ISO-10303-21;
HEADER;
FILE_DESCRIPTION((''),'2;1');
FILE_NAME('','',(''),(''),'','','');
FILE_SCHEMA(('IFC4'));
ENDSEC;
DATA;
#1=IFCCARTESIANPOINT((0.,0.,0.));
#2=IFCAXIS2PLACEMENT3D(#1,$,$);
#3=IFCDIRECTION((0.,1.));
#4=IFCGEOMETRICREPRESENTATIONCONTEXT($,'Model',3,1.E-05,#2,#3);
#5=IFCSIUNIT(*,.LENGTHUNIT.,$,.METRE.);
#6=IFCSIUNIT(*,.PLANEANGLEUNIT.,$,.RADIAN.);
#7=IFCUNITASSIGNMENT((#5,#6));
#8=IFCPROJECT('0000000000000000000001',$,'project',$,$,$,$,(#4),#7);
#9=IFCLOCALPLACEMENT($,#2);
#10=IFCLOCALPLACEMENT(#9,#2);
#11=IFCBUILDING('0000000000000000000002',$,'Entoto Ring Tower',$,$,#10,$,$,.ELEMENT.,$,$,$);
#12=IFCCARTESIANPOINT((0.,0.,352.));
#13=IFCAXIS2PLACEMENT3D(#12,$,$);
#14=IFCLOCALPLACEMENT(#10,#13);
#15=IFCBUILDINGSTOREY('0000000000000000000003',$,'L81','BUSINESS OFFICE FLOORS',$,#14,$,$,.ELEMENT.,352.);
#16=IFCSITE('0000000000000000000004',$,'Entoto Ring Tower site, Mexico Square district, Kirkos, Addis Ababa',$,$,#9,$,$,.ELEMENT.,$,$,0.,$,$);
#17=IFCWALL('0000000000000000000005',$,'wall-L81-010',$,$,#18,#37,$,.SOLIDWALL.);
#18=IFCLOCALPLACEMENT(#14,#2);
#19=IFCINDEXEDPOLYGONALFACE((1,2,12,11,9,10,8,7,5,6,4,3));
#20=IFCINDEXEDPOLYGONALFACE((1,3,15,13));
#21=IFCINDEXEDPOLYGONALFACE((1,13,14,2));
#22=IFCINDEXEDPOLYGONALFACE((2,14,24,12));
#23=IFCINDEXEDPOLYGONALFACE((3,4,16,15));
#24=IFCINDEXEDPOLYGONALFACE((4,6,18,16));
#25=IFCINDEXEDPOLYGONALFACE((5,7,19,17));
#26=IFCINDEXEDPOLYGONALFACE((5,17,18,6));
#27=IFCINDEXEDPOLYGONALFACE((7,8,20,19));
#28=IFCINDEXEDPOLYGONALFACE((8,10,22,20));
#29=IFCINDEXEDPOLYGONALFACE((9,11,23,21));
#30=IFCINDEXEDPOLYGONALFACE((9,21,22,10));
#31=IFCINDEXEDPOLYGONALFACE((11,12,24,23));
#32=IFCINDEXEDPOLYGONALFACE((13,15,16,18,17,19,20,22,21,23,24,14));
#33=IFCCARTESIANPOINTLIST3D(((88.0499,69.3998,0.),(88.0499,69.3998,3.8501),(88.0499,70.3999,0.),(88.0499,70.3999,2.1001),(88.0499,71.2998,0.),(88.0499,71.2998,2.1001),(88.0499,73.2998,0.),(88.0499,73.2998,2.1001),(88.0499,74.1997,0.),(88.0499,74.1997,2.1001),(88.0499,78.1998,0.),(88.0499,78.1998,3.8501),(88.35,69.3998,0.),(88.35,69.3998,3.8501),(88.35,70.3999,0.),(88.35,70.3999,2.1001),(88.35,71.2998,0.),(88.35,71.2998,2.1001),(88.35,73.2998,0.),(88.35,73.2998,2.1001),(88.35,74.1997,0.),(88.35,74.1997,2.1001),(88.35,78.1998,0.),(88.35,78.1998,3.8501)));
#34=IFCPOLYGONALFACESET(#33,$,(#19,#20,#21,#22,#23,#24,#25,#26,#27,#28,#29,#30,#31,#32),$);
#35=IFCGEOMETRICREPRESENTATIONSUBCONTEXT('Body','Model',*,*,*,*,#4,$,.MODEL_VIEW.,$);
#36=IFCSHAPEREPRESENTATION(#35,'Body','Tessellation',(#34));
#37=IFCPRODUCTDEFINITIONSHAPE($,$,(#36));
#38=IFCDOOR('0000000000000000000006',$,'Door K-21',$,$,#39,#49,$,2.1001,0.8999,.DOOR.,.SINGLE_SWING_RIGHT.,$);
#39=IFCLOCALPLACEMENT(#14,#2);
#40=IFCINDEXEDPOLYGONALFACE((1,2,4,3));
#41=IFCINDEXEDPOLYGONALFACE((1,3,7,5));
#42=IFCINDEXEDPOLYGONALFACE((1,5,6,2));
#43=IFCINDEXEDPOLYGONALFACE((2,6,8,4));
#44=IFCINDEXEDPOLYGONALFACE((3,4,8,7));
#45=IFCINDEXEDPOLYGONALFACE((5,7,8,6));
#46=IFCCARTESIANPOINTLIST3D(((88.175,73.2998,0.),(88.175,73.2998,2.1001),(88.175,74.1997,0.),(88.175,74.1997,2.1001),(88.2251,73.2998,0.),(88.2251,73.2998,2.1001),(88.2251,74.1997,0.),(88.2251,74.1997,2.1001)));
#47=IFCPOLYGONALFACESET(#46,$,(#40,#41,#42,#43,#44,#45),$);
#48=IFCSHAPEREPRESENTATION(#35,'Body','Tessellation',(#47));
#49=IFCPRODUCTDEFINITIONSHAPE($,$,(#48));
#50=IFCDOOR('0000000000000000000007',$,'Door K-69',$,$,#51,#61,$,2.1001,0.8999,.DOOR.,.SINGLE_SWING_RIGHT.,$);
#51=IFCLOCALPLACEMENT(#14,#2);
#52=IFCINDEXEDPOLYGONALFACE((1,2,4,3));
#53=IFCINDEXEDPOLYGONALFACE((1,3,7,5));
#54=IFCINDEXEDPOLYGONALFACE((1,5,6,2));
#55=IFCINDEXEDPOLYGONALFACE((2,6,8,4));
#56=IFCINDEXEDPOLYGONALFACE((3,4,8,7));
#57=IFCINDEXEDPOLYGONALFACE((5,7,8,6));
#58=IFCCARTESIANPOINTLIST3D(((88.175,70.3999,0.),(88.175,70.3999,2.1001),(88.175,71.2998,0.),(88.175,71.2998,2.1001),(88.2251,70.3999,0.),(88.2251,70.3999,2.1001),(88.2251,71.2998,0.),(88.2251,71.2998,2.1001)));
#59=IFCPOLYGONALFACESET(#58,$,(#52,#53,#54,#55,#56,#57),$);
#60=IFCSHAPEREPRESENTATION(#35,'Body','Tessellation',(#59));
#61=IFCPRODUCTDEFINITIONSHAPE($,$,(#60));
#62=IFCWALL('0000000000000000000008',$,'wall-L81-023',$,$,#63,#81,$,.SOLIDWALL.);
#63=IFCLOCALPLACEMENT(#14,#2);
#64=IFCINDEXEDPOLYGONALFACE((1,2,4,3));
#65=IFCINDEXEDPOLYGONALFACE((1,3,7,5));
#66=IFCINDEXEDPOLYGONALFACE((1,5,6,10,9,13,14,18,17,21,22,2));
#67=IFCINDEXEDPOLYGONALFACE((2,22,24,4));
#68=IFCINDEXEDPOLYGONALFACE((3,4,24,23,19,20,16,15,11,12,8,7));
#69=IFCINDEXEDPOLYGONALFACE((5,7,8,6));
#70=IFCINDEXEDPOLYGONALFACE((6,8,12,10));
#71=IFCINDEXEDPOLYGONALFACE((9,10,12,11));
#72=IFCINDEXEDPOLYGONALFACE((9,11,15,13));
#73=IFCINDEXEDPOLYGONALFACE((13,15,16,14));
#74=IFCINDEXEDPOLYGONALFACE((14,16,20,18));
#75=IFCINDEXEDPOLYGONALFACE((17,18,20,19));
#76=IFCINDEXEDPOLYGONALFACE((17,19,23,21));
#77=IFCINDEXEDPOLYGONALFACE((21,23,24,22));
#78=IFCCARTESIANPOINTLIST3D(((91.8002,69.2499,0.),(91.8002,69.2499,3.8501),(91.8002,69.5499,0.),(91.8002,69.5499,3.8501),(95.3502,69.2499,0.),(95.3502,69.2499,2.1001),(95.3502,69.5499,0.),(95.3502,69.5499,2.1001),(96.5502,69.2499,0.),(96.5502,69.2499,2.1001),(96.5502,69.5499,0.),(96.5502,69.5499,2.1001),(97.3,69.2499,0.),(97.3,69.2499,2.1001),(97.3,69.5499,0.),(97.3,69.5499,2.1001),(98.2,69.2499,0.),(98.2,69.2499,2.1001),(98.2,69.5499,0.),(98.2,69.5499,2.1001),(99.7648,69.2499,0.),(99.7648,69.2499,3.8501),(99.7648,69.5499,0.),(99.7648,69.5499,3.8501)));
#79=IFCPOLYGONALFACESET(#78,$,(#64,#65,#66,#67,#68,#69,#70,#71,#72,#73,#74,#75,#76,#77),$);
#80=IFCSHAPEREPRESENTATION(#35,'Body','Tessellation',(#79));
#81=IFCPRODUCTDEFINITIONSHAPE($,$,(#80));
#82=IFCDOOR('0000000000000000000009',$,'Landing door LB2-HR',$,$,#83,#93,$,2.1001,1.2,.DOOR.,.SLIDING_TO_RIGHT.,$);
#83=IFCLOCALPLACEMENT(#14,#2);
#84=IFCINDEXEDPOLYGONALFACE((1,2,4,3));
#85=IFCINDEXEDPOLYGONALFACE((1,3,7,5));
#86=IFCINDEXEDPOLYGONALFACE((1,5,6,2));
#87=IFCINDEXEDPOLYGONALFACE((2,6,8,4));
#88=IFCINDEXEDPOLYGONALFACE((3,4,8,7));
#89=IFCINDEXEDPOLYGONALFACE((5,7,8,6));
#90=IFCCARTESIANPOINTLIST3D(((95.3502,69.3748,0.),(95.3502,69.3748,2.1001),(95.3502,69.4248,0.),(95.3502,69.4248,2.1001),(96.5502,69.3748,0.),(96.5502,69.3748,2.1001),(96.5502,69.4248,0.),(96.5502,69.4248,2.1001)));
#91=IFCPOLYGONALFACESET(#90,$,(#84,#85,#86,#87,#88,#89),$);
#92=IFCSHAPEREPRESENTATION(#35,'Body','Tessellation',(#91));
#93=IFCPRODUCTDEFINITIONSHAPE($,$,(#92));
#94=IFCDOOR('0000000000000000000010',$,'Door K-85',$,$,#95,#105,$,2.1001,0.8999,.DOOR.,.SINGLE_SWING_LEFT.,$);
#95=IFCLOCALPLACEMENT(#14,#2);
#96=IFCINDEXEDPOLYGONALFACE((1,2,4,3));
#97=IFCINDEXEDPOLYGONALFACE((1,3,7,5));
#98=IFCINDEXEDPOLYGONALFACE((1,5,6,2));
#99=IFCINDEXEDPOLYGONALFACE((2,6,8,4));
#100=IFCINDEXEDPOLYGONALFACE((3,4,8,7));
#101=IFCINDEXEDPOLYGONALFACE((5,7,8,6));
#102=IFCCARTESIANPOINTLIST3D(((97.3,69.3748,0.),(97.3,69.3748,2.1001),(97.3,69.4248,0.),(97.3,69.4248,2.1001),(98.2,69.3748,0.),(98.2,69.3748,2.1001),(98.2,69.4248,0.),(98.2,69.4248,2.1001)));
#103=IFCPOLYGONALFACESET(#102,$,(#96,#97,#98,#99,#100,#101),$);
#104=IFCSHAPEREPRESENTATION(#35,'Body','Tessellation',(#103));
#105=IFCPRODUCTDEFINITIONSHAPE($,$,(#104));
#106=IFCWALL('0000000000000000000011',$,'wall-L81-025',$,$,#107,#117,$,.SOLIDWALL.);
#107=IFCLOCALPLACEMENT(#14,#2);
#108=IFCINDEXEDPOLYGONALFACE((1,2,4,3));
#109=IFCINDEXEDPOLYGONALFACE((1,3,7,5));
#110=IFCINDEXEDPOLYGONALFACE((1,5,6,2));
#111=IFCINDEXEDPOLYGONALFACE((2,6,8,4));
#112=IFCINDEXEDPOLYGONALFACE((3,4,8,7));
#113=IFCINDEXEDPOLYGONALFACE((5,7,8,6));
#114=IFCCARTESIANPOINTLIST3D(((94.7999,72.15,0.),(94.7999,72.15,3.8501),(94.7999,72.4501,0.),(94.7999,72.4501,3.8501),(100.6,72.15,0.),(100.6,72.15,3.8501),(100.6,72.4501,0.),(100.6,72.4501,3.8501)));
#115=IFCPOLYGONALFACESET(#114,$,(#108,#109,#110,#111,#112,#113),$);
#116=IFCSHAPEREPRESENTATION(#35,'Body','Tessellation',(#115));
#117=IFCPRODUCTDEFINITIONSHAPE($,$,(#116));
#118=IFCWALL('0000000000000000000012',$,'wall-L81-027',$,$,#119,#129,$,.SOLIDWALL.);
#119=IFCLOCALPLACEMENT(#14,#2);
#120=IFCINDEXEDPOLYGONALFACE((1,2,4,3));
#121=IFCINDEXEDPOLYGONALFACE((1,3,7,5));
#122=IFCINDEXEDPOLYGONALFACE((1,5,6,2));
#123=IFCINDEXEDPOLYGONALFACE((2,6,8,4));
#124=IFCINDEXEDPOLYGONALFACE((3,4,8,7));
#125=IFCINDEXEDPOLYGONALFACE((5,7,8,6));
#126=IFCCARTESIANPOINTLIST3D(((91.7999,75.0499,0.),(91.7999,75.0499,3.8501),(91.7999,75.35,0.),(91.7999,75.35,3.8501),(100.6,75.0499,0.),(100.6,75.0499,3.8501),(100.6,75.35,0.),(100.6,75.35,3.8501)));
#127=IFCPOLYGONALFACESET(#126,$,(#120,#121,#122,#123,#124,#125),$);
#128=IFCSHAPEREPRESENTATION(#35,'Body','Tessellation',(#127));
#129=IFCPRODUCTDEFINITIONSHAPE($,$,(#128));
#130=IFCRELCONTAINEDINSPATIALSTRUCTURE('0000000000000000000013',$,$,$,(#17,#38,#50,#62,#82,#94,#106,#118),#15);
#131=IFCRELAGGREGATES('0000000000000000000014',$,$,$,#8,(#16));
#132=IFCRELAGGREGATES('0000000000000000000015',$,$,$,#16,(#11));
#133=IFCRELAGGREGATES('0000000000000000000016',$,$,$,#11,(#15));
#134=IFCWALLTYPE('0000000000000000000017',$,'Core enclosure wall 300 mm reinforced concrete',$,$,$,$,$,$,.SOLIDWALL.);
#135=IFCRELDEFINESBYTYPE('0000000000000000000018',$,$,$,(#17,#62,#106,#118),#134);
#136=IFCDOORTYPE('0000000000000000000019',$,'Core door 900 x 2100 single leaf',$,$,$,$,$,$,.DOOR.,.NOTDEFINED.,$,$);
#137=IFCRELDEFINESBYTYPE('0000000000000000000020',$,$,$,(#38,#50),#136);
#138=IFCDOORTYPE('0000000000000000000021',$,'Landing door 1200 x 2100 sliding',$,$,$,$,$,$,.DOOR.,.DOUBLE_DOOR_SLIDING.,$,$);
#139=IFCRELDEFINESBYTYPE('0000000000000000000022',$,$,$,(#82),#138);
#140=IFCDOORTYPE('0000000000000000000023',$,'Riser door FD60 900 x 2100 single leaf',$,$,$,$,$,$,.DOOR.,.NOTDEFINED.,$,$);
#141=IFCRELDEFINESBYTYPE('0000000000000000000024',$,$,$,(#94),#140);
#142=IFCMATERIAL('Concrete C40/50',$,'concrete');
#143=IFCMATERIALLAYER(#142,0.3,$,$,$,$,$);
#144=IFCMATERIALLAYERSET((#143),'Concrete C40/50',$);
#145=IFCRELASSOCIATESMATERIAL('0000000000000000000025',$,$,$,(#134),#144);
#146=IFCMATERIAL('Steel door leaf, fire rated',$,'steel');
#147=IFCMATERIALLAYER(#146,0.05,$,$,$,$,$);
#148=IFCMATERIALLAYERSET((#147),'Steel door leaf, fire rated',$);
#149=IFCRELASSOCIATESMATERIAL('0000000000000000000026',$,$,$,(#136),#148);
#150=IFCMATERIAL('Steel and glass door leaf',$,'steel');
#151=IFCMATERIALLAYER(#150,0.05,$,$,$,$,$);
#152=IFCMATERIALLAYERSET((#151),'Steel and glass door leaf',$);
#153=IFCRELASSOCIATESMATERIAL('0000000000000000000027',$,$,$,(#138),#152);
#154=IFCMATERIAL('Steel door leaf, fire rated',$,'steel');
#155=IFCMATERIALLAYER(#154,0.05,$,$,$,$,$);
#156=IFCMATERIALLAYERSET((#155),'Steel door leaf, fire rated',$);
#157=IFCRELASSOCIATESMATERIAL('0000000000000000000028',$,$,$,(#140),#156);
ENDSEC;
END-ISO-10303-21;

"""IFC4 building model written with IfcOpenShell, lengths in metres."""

from ifc_helpers import new_model, si_unit, direction, frame, frame_2d, origin, place, context, subcontext, project, spatial, rectangle, extrude, material, layer, layer_set, type_object, element, fill, save


model = new_model("IFC4")

# Units and contexts
model_context = context("Model", 3, precision=1e-05, world=origin(), true_north=direction((0.0, 1.0)))
body_context = subcontext(model_context, "Body", "Model", "MODEL_VIEW")
ifc_project = project(units=[si_unit("LENGTHUNIT", "METRE"), si_unit("PLANEANGLEUNIT", "RADIAN")], contexts=[model_context])

# Site, building, storey
site_placement = place(None, origin())
site = spatial("IfcSite", under=ifc_project, at=site_placement, Name="Entoto Ring Tower site, Mexico Square district, Kirkos, Addis Ababa", CompositionType="ELEMENT", RefElevation=0.0)
building_placement = place(site_placement, origin())
building = spatial("IfcBuilding", under=site, at=building_placement, Name="Entoto Ring Tower", CompositionType="ELEMENT")
storey_placement = place(building_placement, frame((0.0, 0.0, 352.0)))
storey = spatial("IfcBuildingStorey", under=building, at=storey_placement, Name="L81", Description="BUSINESS OFFICE FLOORS", CompositionType="ELEMENT", Elevation=352.0)

# Shared definitions
ifc_material_1 = material(Name="Concrete C40/50", Category="concrete")
ifc_layer_1 = layer(ifc_material_1, 0.3)
ifc_layer_set_1 = layer_set([ifc_layer_1], Name="Concrete C40/50")
wall_type_1 = type_object("IfcWallType", Name="Core enclosure wall 300 mm reinforced concrete", PredefinedType="SOLIDWALL", material=ifc_layer_set_1)

# Walls, openings, doors
wall_1_placement = place(storey_placement, frame((88.2, 69.3999, 0.0), z_axis=(0.0, 0.0, 1.0), x_axis=(0.0, 1.0, 0.0)))
wall_1 = element("IfcWall", 1, at=wall_1_placement, inside=storey, type_object=wall_type_1, Name="wall-L81-010", PredefinedType="SOLIDWALL", context=body_context, shape_type="SweptSolid", body=[
    extrude(rectangle(XDim=8.8, YDim=0.3, at=frame_2d((4.3999, 0.0))), origin(), (0.0, 0.0, 1.0), 3.8501),
])
opening_1_placement = place(wall_1_placement, frame((3.8999, 0.0, 0.0)))
opening_1 = element("IfcOpeningElement", 2, at=opening_1_placement, cuts=wall_1, PredefinedType="OPENING", context=body_context, shape_type="SweptSolid", body=[
    extrude(rectangle(XDim=0.8999, YDim=2.1001, at=frame_2d((0.45, 1.05))), frame((0.0, 0.1602, 0.0), z_axis=(0.0, -1.0, 0.0), x_axis=(1.0, 0.0, 0.0)), (0.0, 0.0, 1.0), 0.3201),
])
opening_2_placement = place(wall_1_placement, frame((1.0, 0.0, 0.0)))
opening_2 = element("IfcOpeningElement", 3, at=opening_2_placement, cuts=wall_1, PredefinedType="OPENING", context=body_context, shape_type="SweptSolid", body=[
    extrude(rectangle(XDim=0.8999, YDim=2.1001, at=frame_2d((0.45, 1.05))), frame((0.0, 0.1602, 0.0), z_axis=(0.0, -1.0, 0.0), x_axis=(1.0, 0.0, 0.0)), (0.0, 0.0, 1.0), 0.3201),
])
ifc_material_2 = material(Name="Steel door leaf, fire rated", Category="steel")
ifc_layer_2 = layer(ifc_material_2, 0.05)
ifc_layer_set_2 = layer_set([ifc_layer_2], Name="Steel door leaf, fire rated")
door_type_1 = type_object("IfcDoorType", Name="Core door 900 x 2100 single leaf", OperationType="NOTDEFINED", PredefinedType="DOOR", material=ifc_layer_set_2)
door_1_placement = place(opening_1_placement, origin())
door_1 = element("IfcDoor", 4, at=door_1_placement, inside=storey, type_object=door_type_1, Name="Door K-21", OperationType="SINGLE_SWING_RIGHT", OverallHeight=2.1001, OverallWidth=0.8999, PredefinedType="DOOR", context=body_context, shape_type="SweptSolid", body=[
    extrude(rectangle(XDim=0.8999, YDim=2.1001, at=frame_2d((0.45, 1.05))), frame((0.0, 0.0249, 0.0), z_axis=(0.0, -1.0, 0.0), x_axis=(1.0, 0.0, 0.0)), (0.0, 0.0, 1.0), 0.05),
])
fill(opening_1, door_1)
door_2_placement = place(opening_2_placement, origin())
door_2 = element("IfcDoor", 5, at=door_2_placement, inside=storey, type_object=door_type_1, Name="Door K-69", OperationType="SINGLE_SWING_RIGHT", OverallHeight=2.1001, OverallWidth=0.8999, PredefinedType="DOOR", context=body_context, shape_type="SweptSolid", body=[
    extrude(rectangle(XDim=0.8999, YDim=2.1001, at=frame_2d((0.45, 1.05))), frame((0.0, 0.0249, 0.0), z_axis=(0.0, -1.0, 0.0), x_axis=(1.0, 0.0, 0.0)), (0.0, 0.0, 1.0), 0.05),
])
fill(opening_2, door_2)
wall_2_placement = place(storey_placement, frame((91.8, 69.3999, 0.0), z_axis=(0.0, 0.0, 1.0), x_axis=(1.0, 0.0, 0.0)))
wall_2 = element("IfcWall", 6, at=wall_2_placement, inside=storey, type_object=wall_type_1, Name="wall-L81-023", PredefinedType="SOLIDWALL", context=body_context, shape_type="SweptSolid", body=[
    extrude(rectangle(XDim=7.9646, YDim=0.3, at=frame_2d((3.9824, 0.0))), origin(), (0.0, 0.0, 1.0), 3.8501),
])
opening_3_placement = place(wall_2_placement, frame((3.55, 0.0, 0.0)))
opening_3 = element("IfcOpeningElement", 7, at=opening_3_placement, cuts=wall_2, PredefinedType="OPENING", context=body_context, shape_type="SweptSolid", body=[
    extrude(rectangle(XDim=1.2, YDim=2.1001, at=frame_2d((0.6001, 1.05))), frame((0.0, 0.1602, 0.0), z_axis=(0.0, -1.0, 0.0), x_axis=(1.0, 0.0, 0.0)), (0.0, 0.0, 1.0), 0.3201),
])
opening_4_placement = place(wall_2_placement, frame((5.5, 0.0, 0.0)))
opening_4 = element("IfcOpeningElement", 8, at=opening_4_placement, cuts=wall_2, PredefinedType="OPENING", context=body_context, shape_type="SweptSolid", body=[
    extrude(rectangle(XDim=0.8999, YDim=2.1001, at=frame_2d((0.45, 1.05))), frame((0.0, 0.1602, 0.0), z_axis=(0.0, -1.0, 0.0), x_axis=(1.0, 0.0, 0.0)), (0.0, 0.0, 1.0), 0.3201),
])
ifc_material_3 = material(Name="Steel and glass door leaf", Category="steel")
ifc_layer_3 = layer(ifc_material_3, 0.05)
ifc_layer_set_3 = layer_set([ifc_layer_3], Name="Steel and glass door leaf")
door_type_2 = type_object("IfcDoorType", Name="Landing door 1200 x 2100 sliding", OperationType="DOUBLE_DOOR_SLIDING", PredefinedType="DOOR", material=ifc_layer_set_3)
door_3_placement = place(opening_3_placement, origin())
door_3 = element("IfcDoor", 9, at=door_3_placement, inside=storey, type_object=door_type_2, Name="Landing door LB2-HR", OperationType="SLIDING_TO_RIGHT", OverallHeight=2.1001, OverallWidth=1.2, PredefinedType="DOOR", context=body_context, shape_type="SweptSolid", body=[
    extrude(rectangle(XDim=1.2, YDim=2.1001, at=frame_2d((0.6001, 1.05))), frame((0.0, 0.0249, 0.0), z_axis=(0.0, -1.0, 0.0), x_axis=(1.0, 0.0, 0.0)), (0.0, 0.0, 1.0), 0.05),
])
fill(opening_3, door_3)
ifc_material_4 = material(Name="Steel door leaf, fire rated", Category="steel")
ifc_layer_4 = layer(ifc_material_4, 0.05)
ifc_layer_set_4 = layer_set([ifc_layer_4], Name="Steel door leaf, fire rated")
door_type_3 = type_object("IfcDoorType", Name="Riser door FD60 900 x 2100 single leaf", OperationType="NOTDEFINED", PredefinedType="DOOR", material=ifc_layer_set_4)
door_4_placement = place(opening_4_placement, origin())
door_4 = element("IfcDoor", 10, at=door_4_placement, inside=storey, type_object=door_type_3, Name="Door K-85", OperationType="SINGLE_SWING_LEFT", OverallHeight=2.1001, OverallWidth=0.8999, PredefinedType="DOOR", context=body_context, shape_type="SweptSolid", body=[
    extrude(rectangle(XDim=0.8999, YDim=2.1001, at=frame_2d((0.45, 1.05))), frame((0.0, 0.0249, 0.0), z_axis=(0.0, -1.0, 0.0), x_axis=(1.0, 0.0, 0.0)), (0.0, 0.0, 1.0), 0.05),
])
fill(opening_4, door_4)

# Walls
wall_3_placement = place(storey_placement, frame((94.8, 72.3, 0.0), z_axis=(0.0, 0.0, 1.0), x_axis=(1.0, 0.0, 0.0)))
element("IfcWall", 11, at=wall_3_placement, inside=storey, type_object=wall_type_1, Name="wall-L81-025", PredefinedType="SOLIDWALL", context=body_context, shape_type="SweptSolid", body=[
    extrude(rectangle(XDim=5.8, YDim=0.3, at=frame_2d((2.8999, 0.0))), origin(), (0.0, 0.0, 1.0), 3.8501),
])
wall_4_placement = place(storey_placement, frame((91.8, 75.2, 0.0), z_axis=(0.0, 0.0, 1.0), x_axis=(1.0, 0.0, 0.0)))
element("IfcWall", 12, at=wall_4_placement, inside=storey, type_object=wall_type_1, Name="wall-L81-027", PredefinedType="SOLIDWALL", context=body_context, shape_type="SweptSolid", body=[
    extrude(rectangle(XDim=8.8, YDim=0.3, at=frame_2d((4.3999, 0.0))), origin(), (0.0, 0.0, 1.0), 3.8501),
])

save(model, "model.ifc")
